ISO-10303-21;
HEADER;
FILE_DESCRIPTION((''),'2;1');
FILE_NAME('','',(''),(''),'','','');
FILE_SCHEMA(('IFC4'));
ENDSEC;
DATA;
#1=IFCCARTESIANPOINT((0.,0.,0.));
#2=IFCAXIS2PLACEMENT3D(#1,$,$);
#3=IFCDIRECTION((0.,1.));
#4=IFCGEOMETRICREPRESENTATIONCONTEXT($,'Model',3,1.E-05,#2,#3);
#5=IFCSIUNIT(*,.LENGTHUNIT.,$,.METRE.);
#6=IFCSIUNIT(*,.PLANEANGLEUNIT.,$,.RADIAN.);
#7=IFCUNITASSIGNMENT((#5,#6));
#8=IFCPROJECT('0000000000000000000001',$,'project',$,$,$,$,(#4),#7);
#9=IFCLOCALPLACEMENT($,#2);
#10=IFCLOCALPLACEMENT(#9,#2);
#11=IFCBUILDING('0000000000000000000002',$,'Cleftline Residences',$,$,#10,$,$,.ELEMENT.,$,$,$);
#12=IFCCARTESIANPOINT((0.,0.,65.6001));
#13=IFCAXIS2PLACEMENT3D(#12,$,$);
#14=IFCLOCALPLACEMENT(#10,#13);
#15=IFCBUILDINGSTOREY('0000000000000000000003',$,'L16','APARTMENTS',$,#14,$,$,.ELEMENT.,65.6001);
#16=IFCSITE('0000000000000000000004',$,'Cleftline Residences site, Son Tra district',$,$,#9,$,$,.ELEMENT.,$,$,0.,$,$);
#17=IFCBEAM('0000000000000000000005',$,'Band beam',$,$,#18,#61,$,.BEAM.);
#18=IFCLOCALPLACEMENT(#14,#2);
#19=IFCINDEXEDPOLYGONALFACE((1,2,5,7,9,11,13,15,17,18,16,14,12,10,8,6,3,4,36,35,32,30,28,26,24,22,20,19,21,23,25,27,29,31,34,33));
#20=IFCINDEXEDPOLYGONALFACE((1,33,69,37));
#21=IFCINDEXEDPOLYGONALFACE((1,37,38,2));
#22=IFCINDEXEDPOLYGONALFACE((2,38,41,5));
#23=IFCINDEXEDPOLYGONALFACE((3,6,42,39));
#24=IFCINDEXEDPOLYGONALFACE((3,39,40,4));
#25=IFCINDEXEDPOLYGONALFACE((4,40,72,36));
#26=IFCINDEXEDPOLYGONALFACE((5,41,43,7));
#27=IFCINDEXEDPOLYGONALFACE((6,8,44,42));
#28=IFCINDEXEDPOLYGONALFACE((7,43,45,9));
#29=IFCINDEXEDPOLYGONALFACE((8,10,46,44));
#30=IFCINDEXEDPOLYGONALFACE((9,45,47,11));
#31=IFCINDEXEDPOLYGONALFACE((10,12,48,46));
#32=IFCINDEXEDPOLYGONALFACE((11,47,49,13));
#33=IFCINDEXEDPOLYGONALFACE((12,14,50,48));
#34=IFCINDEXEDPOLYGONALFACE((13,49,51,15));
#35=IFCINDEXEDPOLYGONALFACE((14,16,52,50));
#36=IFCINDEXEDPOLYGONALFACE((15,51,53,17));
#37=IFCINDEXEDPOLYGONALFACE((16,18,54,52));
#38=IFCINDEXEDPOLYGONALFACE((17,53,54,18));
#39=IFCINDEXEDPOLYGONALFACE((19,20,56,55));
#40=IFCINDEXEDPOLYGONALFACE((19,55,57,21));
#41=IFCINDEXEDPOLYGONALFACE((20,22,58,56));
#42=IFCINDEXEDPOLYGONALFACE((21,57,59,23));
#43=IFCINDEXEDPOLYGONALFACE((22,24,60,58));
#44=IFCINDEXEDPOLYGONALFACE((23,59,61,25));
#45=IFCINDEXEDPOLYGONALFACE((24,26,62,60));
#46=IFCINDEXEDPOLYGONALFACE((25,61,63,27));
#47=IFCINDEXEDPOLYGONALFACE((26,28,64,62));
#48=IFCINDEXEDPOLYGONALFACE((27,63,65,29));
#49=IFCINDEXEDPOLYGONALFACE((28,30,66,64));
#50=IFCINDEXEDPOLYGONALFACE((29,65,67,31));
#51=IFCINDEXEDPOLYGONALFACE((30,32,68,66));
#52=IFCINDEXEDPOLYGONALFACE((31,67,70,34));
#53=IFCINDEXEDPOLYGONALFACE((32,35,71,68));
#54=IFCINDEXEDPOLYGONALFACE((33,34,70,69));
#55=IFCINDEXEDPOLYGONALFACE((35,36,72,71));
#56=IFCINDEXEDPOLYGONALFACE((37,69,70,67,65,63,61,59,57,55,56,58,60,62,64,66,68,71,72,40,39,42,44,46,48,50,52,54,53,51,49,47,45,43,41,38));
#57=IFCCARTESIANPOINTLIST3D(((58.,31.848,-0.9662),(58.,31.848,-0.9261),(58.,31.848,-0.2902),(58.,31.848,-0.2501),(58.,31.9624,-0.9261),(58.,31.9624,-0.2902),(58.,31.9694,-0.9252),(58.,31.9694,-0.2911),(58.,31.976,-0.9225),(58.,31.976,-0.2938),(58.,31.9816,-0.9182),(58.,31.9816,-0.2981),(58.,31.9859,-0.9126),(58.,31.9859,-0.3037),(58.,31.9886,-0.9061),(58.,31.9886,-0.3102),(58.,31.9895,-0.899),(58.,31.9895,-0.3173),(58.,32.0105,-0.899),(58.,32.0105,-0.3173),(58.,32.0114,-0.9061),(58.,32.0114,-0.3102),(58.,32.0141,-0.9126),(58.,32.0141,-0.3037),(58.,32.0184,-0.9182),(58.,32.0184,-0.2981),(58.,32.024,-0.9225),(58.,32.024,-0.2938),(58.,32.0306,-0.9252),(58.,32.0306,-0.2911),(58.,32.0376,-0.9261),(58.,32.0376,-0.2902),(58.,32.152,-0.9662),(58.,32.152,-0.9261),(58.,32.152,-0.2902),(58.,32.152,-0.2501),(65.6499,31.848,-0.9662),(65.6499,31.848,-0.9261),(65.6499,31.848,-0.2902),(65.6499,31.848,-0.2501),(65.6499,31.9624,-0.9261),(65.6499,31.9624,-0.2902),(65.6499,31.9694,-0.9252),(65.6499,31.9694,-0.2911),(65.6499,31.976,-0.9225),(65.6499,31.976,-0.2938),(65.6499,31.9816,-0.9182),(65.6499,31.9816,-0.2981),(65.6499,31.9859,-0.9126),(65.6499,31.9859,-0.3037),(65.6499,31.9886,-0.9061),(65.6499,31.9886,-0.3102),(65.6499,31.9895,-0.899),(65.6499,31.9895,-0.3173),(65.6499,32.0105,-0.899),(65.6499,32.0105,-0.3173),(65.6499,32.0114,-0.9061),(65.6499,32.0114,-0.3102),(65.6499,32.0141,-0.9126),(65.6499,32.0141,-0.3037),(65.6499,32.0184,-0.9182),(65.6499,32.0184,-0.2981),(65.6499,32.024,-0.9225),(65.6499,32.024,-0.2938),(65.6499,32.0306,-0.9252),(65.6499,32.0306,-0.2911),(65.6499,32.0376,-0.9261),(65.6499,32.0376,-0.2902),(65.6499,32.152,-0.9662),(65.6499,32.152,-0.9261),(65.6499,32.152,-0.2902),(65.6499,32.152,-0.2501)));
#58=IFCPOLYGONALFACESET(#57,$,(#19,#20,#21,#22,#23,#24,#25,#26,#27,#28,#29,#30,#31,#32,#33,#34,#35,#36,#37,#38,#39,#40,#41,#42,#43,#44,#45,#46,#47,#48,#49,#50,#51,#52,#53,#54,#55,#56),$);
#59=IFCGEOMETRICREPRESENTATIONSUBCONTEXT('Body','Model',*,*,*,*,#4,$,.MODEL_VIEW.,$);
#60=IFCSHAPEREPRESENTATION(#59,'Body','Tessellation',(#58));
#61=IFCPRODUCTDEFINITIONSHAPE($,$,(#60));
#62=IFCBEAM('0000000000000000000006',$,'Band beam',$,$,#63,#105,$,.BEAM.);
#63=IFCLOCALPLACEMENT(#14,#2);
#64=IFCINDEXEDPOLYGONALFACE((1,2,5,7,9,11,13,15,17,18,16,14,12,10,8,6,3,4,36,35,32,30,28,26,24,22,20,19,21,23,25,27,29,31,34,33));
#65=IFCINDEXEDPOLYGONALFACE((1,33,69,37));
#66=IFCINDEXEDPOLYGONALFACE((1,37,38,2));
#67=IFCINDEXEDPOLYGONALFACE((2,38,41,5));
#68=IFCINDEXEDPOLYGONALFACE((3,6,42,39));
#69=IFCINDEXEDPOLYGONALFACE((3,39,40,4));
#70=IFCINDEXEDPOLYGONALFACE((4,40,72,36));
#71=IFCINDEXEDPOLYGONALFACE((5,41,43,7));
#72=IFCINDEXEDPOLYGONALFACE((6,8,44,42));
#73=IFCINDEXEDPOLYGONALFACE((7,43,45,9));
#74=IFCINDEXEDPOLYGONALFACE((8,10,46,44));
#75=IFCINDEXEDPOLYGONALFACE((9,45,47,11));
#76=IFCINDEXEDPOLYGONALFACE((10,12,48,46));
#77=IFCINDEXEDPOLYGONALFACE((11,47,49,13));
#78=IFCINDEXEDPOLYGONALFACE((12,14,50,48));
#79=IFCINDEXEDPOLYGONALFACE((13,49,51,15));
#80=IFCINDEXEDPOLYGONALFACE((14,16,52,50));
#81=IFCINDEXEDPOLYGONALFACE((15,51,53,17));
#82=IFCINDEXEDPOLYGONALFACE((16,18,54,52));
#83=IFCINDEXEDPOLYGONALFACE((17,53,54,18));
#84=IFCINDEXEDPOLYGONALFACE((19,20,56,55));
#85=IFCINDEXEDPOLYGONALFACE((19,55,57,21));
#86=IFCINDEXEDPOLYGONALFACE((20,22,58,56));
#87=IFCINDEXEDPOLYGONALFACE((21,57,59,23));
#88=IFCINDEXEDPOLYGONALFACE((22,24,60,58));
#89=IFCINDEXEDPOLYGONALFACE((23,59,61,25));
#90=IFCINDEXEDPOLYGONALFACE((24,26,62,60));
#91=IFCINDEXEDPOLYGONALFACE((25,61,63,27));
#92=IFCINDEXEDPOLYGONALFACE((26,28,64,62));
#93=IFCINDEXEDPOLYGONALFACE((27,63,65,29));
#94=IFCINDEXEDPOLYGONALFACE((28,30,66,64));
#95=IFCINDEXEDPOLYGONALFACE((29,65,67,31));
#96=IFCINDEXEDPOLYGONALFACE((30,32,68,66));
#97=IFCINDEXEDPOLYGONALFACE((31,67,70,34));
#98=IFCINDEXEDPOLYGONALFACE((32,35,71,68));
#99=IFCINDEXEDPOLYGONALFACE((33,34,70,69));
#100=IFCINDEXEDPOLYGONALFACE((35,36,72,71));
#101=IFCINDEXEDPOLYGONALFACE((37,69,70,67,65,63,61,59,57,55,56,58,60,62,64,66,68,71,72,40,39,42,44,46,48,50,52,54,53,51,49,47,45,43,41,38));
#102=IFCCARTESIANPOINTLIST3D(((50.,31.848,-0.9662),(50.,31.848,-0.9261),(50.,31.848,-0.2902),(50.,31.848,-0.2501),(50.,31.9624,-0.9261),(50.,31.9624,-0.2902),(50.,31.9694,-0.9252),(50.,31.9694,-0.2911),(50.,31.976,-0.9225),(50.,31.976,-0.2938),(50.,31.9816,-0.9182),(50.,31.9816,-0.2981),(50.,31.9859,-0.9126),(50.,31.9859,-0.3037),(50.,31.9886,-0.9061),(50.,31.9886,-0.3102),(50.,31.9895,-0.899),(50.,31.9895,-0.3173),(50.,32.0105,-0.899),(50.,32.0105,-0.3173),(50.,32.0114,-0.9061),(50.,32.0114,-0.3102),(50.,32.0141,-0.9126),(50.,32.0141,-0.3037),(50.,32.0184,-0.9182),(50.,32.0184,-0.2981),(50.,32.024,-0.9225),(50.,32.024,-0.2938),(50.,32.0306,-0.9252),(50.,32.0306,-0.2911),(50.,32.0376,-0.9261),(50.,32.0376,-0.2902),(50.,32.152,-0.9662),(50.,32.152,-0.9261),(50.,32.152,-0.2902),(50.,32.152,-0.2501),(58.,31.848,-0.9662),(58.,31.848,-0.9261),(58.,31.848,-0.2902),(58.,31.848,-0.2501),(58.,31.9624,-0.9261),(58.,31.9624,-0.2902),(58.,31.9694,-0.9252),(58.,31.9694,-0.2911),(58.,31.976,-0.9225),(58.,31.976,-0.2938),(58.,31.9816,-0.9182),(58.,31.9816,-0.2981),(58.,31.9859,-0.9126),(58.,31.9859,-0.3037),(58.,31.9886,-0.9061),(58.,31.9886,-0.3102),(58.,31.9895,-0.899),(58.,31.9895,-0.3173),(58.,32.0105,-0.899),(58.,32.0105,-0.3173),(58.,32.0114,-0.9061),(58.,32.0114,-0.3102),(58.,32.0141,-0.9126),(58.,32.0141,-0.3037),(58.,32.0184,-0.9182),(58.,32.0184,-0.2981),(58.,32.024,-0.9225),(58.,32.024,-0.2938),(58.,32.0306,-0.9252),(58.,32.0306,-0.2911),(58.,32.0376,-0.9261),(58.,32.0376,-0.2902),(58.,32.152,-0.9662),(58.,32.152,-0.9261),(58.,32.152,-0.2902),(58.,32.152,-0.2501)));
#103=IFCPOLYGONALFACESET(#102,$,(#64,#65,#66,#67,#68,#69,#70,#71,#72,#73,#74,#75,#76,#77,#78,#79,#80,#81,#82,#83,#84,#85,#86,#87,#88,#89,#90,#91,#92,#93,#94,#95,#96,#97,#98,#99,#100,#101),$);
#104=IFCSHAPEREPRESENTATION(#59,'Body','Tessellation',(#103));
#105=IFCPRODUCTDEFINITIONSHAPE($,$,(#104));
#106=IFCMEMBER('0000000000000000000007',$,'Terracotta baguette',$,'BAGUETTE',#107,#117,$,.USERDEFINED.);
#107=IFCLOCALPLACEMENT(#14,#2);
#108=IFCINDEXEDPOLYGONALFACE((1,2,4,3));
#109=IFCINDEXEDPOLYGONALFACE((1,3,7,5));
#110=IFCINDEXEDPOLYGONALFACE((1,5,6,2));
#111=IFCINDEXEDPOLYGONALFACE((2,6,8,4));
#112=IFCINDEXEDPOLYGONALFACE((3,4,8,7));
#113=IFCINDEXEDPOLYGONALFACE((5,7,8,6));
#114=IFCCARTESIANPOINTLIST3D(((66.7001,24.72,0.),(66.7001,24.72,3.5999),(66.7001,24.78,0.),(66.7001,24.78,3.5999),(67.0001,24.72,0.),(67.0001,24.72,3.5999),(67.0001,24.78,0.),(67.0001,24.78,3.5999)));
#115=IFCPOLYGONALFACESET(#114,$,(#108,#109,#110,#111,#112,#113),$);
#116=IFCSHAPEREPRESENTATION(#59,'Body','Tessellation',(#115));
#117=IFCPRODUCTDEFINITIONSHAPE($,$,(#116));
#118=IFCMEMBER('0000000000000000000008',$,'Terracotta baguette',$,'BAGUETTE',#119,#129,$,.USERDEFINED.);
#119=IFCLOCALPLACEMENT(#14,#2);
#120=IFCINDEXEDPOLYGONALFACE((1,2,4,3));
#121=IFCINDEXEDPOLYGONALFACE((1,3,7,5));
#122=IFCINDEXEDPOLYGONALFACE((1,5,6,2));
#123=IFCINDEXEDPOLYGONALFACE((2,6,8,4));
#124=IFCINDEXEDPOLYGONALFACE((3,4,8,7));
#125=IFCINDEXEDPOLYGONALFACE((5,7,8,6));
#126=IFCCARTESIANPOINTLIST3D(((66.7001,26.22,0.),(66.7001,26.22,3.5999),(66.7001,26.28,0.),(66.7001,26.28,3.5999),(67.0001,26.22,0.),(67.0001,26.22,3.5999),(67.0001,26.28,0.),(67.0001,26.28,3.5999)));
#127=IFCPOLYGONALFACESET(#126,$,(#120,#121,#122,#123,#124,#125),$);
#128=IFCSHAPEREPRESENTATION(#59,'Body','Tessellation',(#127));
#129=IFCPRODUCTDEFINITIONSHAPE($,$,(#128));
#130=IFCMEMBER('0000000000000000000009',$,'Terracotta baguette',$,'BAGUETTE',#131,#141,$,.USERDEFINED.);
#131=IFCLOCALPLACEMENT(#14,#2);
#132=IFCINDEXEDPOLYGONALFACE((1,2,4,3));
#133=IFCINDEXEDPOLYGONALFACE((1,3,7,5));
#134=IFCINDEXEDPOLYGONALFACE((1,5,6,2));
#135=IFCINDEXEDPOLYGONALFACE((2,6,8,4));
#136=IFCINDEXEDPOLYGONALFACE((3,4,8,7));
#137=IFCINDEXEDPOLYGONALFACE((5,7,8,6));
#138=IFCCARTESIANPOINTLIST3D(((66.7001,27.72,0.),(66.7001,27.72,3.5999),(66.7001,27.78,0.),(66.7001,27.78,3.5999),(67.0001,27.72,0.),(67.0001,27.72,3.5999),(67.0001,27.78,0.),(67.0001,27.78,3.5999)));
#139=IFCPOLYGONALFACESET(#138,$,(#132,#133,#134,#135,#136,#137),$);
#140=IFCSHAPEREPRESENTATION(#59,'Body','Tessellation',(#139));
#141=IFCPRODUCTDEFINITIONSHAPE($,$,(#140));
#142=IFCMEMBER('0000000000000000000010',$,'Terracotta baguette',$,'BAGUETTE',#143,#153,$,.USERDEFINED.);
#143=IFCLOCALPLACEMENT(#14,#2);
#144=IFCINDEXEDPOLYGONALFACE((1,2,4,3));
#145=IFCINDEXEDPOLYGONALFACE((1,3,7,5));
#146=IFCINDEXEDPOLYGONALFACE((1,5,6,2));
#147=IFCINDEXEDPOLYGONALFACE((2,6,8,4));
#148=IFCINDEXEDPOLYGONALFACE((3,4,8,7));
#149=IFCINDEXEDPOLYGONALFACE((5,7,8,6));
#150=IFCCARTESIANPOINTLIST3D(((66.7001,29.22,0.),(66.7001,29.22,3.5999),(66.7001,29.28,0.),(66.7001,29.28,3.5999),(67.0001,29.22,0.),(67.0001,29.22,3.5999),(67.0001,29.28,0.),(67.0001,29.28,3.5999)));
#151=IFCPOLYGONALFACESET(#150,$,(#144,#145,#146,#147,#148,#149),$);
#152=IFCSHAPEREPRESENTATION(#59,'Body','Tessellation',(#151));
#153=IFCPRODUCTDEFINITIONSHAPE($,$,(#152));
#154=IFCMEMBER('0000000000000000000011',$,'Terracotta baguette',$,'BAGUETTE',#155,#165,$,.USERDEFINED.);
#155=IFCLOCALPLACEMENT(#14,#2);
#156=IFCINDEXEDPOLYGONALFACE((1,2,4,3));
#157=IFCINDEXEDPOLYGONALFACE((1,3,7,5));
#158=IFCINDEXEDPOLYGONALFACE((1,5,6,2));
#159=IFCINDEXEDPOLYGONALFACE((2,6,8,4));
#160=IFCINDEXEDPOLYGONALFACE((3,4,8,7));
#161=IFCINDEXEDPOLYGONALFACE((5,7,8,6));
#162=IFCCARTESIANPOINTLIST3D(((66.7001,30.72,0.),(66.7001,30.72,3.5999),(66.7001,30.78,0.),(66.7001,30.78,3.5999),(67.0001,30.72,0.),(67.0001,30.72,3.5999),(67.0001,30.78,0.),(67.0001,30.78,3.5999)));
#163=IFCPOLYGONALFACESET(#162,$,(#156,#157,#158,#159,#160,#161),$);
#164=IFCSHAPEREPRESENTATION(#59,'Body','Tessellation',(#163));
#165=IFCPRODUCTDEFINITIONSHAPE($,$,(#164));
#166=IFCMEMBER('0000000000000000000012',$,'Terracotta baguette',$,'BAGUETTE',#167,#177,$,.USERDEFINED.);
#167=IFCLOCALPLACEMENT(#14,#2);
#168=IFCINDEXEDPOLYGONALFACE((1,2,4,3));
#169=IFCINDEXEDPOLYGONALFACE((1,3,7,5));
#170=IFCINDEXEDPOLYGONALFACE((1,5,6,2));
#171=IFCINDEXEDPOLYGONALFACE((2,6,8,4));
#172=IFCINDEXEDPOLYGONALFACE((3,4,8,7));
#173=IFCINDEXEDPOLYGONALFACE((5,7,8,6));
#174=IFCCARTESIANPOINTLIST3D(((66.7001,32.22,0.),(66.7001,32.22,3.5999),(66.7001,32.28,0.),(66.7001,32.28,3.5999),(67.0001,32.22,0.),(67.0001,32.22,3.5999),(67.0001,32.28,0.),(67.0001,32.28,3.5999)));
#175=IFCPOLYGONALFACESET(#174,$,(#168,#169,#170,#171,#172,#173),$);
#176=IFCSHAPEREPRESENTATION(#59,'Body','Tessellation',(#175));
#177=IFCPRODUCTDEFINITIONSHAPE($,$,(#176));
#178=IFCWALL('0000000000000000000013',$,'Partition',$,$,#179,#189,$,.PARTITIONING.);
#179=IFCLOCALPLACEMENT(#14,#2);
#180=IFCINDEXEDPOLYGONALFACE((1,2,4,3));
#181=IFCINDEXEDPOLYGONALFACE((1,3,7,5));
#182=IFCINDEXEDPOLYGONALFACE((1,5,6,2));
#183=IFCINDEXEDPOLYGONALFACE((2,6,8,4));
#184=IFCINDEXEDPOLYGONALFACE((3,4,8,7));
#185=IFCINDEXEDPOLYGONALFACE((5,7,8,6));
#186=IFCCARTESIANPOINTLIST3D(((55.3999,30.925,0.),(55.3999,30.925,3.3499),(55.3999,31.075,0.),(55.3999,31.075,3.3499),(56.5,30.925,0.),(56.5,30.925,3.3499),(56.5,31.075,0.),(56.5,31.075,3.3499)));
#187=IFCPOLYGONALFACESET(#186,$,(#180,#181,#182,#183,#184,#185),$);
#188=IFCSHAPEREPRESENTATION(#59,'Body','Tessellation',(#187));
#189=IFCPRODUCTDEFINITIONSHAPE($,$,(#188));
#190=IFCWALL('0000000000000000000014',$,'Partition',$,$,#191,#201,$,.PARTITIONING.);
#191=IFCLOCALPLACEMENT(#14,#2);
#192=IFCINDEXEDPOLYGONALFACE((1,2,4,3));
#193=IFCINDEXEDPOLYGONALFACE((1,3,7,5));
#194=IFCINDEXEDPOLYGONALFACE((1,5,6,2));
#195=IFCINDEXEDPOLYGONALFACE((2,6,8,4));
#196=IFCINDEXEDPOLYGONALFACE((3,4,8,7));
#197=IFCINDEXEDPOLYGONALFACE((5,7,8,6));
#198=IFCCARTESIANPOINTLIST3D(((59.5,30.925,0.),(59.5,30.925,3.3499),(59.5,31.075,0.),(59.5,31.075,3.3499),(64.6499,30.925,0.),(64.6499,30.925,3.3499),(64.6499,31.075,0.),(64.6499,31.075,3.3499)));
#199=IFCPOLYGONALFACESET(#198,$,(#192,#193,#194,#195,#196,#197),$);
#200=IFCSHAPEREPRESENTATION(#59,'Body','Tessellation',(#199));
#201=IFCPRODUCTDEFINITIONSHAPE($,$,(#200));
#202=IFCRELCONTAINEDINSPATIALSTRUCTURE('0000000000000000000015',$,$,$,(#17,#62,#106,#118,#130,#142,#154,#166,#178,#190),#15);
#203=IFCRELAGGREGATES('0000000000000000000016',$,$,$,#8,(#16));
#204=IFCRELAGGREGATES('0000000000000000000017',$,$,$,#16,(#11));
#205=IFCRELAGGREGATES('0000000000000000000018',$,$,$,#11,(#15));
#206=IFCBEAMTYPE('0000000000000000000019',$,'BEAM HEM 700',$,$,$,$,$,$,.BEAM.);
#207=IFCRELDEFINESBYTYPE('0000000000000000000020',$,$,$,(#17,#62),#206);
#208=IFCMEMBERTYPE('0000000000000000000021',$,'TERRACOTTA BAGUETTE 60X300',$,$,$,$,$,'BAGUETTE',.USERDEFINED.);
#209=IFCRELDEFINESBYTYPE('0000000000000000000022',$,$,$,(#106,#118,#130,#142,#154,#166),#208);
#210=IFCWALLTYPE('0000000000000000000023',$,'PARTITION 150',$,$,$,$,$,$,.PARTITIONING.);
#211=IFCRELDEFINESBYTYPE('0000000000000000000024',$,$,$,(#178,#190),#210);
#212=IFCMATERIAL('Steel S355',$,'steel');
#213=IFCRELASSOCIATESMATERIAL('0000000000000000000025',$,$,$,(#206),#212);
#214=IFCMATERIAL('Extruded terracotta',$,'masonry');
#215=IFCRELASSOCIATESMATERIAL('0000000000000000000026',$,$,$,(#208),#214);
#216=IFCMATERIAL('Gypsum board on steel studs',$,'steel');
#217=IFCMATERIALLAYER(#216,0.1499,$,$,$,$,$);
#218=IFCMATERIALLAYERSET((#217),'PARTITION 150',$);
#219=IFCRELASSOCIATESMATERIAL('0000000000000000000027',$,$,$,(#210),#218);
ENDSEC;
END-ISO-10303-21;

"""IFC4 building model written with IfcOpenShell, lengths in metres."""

from ifc_helpers import new_model, si_unit, direction, frame, frame_2d, origin, origin_2d, place, context, subcontext, project, spatial, rectangle, i_section, extrude, material, layer, layer_set, material_profile, profile_set, type_object, element, save


model = new_model("IFC4")

# Units and contexts
model_context = context("Model", 3, precision=1e-05, world=origin(), true_north=direction((0.0, 1.0)))
body_context = subcontext(model_context, "Body", "Model", "MODEL_VIEW")
ifc_project = project(units=[si_unit("LENGTHUNIT", "METRE"), si_unit("PLANEANGLEUNIT", "RADIAN")], contexts=[model_context])

# Site, building, storey
site_placement = place(None, origin())
site = spatial("IfcSite", under=ifc_project, at=site_placement, Name="Cleftline Residences site, Son Tra district", CompositionType="ELEMENT", RefElevation=0.0)
building_placement = place(site_placement, origin())
building = spatial("IfcBuilding", under=site, at=building_placement, Name="Cleftline Residences", CompositionType="ELEMENT")
storey_placement = place(building_placement, frame((0.0, 0.0, 65.6001)))
storey = spatial("IfcBuildingStorey", under=building, at=storey_placement, Name="L16", Description="APARTMENTS", CompositionType="ELEMENT", Elevation=65.6001)

# Beams
ifc_material_1 = material(Name="Steel S355", Category="steel")
ifc_material_profile_1 = material_profile(ifc_material_1, i_section(OverallWidth=0.304, OverallDepth=0.7161, WebThickness=0.021, FlangeThickness=0.04, FilletRadius=0.0271, at=origin_2d()))
ifc_profile_set_1 = profile_set([ifc_material_profile_1], Name="Steel S355")
beam_type_1 = type_object("IfcBeamType", Name="BEAM HEM 700", PredefinedType="BEAM", material=ifc_profile_set_1)
beam_1_placement = place(storey_placement, frame((65.6499, 32.0, -0.6082), z_axis=(-1.0, 0.0, 0.0), x_axis=(0.0, -1.0, 0.0)))
element("IfcBeam", 1, at=beam_1_placement, inside=storey, type_object=beam_type_1, Name="Band beam", PredefinedType="BEAM", context=body_context, shape_type="SweptSolid", body=[
    extrude(i_section(OverallWidth=0.304, OverallDepth=0.7161, WebThickness=0.021, FlangeThickness=0.04, FilletRadius=0.0271, at=origin_2d()), origin(), (0.0, 0.0, 1.0), 7.6499),
])
beam_2_placement = place(storey_placement, frame((58.0, 32.0, -0.6082), z_axis=(-1.0, 0.0, 0.0), x_axis=(0.0, -1.0, 0.0)))
element("IfcBeam", 2, at=beam_2_placement, inside=storey, type_object=beam_type_1, Name="Band beam", PredefinedType="BEAM", context=body_context, shape_type="SweptSolid", body=[
    extrude(i_section(OverallWidth=0.304, OverallDepth=0.7161, WebThickness=0.021, FlangeThickness=0.04, FilletRadius=0.0271, at=origin_2d()), origin(), (0.0, 0.0, 1.0), 8.0),
])

# Members
ifc_material_2 = material(Name="Extruded terracotta", Category="masonry")
ifc_material_profile_2 = material_profile(ifc_material_2, rectangle(XDim=0.0601, YDim=0.3, at=origin_2d()))
ifc_profile_set_2 = profile_set([ifc_material_profile_2], Name="Extruded terracotta")
member_type_1 = type_object("IfcMemberType", Name="TERRACOTTA BAGUETTE 60X300", ElementType="BAGUETTE", PredefinedType="USERDEFINED", material=ifc_profile_set_2)
for number, where, z_axis, x_axis, name in (
    (3, (66.8501, 24.75, 0.0), (0.0, 0.0, 1.0), (0.0, 1.0, 0.0), "Terracotta baguette"),
    (4, (66.8501, 26.25, 0.0), (0.0, 0.0, 1.0), (0.0, 1.0, 0.0), "Terracotta baguette"),
    (5, (66.8501, 27.75, 0.0), (0.0, 0.0, 1.0), (0.0, 1.0, 0.0), "Terracotta baguette"),
    (6, (66.8501, 29.25, 0.0), (0.0, 0.0, 1.0), (0.0, 1.0, 0.0), "Terracotta baguette"),
    (7, (66.8501, 30.75, 0.0), (0.0, 0.0, 1.0), (0.0, 1.0, 0.0), "Terracotta baguette"),
    (8, (66.8501, 32.25, 0.0), (0.0, 0.0, 1.0), (0.0, 1.0, 0.0), "Terracotta baguette"),
):
    element("IfcMember", number, at=place(storey_placement, frame(where, z_axis=z_axis, x_axis=x_axis)), inside=storey, type_object=member_type_1, Name=name, ObjectType="BAGUETTE", PredefinedType="USERDEFINED", context=body_context, shape_type="SweptSolid", body=[
        extrude(rectangle(XDim=0.0601, YDim=0.3, at=origin_2d()), origin(), (0.0, 0.0, 1.0), 3.5999),
    ])

# Walls
ifc_material_3 = material(Name="Gypsum board on steel studs", Category="steel")
ifc_layer_1 = layer(ifc_material_3, 0.1499)
ifc_layer_set_1 = layer_set([ifc_layer_1], Name="PARTITION 150")
wall_type_1 = type_object("IfcWallType", Name="PARTITION 150", PredefinedType="PARTITIONING", material=ifc_layer_set_1)
wall_1_placement = place(storey_placement, frame((55.3999, 31.0, 0.0), z_axis=(0.0, 0.0, 1.0), x_axis=(1.0, 0.0, 0.0)))
element("IfcWall", 9, at=wall_1_placement, inside=storey, type_object=wall_type_1, Name="Partition", PredefinedType="PARTITIONING", context=body_context, shape_type="SweptSolid", body=[
    extrude(rectangle(XDim=1.1001, YDim=0.1499, at=frame_2d((0.55, 0.0))), origin(), (0.0, 0.0, 1.0), 3.3499),
])
wall_2_placement = place(storey_placement, frame((59.5, 31.0, 0.0), z_axis=(0.0, 0.0, 1.0), x_axis=(1.0, 0.0, 0.0)))
element("IfcWall", 10, at=wall_2_placement, inside=storey, type_object=wall_type_1, Name="Partition", PredefinedType="PARTITIONING", context=body_context, shape_type="SweptSolid", body=[
    extrude(rectangle(XDim=5.1499, YDim=0.1499, at=frame_2d((2.575, 0.0))), origin(), (0.0, 0.0, 1.0), 3.3499),
])

save(model, "model.ifc")
